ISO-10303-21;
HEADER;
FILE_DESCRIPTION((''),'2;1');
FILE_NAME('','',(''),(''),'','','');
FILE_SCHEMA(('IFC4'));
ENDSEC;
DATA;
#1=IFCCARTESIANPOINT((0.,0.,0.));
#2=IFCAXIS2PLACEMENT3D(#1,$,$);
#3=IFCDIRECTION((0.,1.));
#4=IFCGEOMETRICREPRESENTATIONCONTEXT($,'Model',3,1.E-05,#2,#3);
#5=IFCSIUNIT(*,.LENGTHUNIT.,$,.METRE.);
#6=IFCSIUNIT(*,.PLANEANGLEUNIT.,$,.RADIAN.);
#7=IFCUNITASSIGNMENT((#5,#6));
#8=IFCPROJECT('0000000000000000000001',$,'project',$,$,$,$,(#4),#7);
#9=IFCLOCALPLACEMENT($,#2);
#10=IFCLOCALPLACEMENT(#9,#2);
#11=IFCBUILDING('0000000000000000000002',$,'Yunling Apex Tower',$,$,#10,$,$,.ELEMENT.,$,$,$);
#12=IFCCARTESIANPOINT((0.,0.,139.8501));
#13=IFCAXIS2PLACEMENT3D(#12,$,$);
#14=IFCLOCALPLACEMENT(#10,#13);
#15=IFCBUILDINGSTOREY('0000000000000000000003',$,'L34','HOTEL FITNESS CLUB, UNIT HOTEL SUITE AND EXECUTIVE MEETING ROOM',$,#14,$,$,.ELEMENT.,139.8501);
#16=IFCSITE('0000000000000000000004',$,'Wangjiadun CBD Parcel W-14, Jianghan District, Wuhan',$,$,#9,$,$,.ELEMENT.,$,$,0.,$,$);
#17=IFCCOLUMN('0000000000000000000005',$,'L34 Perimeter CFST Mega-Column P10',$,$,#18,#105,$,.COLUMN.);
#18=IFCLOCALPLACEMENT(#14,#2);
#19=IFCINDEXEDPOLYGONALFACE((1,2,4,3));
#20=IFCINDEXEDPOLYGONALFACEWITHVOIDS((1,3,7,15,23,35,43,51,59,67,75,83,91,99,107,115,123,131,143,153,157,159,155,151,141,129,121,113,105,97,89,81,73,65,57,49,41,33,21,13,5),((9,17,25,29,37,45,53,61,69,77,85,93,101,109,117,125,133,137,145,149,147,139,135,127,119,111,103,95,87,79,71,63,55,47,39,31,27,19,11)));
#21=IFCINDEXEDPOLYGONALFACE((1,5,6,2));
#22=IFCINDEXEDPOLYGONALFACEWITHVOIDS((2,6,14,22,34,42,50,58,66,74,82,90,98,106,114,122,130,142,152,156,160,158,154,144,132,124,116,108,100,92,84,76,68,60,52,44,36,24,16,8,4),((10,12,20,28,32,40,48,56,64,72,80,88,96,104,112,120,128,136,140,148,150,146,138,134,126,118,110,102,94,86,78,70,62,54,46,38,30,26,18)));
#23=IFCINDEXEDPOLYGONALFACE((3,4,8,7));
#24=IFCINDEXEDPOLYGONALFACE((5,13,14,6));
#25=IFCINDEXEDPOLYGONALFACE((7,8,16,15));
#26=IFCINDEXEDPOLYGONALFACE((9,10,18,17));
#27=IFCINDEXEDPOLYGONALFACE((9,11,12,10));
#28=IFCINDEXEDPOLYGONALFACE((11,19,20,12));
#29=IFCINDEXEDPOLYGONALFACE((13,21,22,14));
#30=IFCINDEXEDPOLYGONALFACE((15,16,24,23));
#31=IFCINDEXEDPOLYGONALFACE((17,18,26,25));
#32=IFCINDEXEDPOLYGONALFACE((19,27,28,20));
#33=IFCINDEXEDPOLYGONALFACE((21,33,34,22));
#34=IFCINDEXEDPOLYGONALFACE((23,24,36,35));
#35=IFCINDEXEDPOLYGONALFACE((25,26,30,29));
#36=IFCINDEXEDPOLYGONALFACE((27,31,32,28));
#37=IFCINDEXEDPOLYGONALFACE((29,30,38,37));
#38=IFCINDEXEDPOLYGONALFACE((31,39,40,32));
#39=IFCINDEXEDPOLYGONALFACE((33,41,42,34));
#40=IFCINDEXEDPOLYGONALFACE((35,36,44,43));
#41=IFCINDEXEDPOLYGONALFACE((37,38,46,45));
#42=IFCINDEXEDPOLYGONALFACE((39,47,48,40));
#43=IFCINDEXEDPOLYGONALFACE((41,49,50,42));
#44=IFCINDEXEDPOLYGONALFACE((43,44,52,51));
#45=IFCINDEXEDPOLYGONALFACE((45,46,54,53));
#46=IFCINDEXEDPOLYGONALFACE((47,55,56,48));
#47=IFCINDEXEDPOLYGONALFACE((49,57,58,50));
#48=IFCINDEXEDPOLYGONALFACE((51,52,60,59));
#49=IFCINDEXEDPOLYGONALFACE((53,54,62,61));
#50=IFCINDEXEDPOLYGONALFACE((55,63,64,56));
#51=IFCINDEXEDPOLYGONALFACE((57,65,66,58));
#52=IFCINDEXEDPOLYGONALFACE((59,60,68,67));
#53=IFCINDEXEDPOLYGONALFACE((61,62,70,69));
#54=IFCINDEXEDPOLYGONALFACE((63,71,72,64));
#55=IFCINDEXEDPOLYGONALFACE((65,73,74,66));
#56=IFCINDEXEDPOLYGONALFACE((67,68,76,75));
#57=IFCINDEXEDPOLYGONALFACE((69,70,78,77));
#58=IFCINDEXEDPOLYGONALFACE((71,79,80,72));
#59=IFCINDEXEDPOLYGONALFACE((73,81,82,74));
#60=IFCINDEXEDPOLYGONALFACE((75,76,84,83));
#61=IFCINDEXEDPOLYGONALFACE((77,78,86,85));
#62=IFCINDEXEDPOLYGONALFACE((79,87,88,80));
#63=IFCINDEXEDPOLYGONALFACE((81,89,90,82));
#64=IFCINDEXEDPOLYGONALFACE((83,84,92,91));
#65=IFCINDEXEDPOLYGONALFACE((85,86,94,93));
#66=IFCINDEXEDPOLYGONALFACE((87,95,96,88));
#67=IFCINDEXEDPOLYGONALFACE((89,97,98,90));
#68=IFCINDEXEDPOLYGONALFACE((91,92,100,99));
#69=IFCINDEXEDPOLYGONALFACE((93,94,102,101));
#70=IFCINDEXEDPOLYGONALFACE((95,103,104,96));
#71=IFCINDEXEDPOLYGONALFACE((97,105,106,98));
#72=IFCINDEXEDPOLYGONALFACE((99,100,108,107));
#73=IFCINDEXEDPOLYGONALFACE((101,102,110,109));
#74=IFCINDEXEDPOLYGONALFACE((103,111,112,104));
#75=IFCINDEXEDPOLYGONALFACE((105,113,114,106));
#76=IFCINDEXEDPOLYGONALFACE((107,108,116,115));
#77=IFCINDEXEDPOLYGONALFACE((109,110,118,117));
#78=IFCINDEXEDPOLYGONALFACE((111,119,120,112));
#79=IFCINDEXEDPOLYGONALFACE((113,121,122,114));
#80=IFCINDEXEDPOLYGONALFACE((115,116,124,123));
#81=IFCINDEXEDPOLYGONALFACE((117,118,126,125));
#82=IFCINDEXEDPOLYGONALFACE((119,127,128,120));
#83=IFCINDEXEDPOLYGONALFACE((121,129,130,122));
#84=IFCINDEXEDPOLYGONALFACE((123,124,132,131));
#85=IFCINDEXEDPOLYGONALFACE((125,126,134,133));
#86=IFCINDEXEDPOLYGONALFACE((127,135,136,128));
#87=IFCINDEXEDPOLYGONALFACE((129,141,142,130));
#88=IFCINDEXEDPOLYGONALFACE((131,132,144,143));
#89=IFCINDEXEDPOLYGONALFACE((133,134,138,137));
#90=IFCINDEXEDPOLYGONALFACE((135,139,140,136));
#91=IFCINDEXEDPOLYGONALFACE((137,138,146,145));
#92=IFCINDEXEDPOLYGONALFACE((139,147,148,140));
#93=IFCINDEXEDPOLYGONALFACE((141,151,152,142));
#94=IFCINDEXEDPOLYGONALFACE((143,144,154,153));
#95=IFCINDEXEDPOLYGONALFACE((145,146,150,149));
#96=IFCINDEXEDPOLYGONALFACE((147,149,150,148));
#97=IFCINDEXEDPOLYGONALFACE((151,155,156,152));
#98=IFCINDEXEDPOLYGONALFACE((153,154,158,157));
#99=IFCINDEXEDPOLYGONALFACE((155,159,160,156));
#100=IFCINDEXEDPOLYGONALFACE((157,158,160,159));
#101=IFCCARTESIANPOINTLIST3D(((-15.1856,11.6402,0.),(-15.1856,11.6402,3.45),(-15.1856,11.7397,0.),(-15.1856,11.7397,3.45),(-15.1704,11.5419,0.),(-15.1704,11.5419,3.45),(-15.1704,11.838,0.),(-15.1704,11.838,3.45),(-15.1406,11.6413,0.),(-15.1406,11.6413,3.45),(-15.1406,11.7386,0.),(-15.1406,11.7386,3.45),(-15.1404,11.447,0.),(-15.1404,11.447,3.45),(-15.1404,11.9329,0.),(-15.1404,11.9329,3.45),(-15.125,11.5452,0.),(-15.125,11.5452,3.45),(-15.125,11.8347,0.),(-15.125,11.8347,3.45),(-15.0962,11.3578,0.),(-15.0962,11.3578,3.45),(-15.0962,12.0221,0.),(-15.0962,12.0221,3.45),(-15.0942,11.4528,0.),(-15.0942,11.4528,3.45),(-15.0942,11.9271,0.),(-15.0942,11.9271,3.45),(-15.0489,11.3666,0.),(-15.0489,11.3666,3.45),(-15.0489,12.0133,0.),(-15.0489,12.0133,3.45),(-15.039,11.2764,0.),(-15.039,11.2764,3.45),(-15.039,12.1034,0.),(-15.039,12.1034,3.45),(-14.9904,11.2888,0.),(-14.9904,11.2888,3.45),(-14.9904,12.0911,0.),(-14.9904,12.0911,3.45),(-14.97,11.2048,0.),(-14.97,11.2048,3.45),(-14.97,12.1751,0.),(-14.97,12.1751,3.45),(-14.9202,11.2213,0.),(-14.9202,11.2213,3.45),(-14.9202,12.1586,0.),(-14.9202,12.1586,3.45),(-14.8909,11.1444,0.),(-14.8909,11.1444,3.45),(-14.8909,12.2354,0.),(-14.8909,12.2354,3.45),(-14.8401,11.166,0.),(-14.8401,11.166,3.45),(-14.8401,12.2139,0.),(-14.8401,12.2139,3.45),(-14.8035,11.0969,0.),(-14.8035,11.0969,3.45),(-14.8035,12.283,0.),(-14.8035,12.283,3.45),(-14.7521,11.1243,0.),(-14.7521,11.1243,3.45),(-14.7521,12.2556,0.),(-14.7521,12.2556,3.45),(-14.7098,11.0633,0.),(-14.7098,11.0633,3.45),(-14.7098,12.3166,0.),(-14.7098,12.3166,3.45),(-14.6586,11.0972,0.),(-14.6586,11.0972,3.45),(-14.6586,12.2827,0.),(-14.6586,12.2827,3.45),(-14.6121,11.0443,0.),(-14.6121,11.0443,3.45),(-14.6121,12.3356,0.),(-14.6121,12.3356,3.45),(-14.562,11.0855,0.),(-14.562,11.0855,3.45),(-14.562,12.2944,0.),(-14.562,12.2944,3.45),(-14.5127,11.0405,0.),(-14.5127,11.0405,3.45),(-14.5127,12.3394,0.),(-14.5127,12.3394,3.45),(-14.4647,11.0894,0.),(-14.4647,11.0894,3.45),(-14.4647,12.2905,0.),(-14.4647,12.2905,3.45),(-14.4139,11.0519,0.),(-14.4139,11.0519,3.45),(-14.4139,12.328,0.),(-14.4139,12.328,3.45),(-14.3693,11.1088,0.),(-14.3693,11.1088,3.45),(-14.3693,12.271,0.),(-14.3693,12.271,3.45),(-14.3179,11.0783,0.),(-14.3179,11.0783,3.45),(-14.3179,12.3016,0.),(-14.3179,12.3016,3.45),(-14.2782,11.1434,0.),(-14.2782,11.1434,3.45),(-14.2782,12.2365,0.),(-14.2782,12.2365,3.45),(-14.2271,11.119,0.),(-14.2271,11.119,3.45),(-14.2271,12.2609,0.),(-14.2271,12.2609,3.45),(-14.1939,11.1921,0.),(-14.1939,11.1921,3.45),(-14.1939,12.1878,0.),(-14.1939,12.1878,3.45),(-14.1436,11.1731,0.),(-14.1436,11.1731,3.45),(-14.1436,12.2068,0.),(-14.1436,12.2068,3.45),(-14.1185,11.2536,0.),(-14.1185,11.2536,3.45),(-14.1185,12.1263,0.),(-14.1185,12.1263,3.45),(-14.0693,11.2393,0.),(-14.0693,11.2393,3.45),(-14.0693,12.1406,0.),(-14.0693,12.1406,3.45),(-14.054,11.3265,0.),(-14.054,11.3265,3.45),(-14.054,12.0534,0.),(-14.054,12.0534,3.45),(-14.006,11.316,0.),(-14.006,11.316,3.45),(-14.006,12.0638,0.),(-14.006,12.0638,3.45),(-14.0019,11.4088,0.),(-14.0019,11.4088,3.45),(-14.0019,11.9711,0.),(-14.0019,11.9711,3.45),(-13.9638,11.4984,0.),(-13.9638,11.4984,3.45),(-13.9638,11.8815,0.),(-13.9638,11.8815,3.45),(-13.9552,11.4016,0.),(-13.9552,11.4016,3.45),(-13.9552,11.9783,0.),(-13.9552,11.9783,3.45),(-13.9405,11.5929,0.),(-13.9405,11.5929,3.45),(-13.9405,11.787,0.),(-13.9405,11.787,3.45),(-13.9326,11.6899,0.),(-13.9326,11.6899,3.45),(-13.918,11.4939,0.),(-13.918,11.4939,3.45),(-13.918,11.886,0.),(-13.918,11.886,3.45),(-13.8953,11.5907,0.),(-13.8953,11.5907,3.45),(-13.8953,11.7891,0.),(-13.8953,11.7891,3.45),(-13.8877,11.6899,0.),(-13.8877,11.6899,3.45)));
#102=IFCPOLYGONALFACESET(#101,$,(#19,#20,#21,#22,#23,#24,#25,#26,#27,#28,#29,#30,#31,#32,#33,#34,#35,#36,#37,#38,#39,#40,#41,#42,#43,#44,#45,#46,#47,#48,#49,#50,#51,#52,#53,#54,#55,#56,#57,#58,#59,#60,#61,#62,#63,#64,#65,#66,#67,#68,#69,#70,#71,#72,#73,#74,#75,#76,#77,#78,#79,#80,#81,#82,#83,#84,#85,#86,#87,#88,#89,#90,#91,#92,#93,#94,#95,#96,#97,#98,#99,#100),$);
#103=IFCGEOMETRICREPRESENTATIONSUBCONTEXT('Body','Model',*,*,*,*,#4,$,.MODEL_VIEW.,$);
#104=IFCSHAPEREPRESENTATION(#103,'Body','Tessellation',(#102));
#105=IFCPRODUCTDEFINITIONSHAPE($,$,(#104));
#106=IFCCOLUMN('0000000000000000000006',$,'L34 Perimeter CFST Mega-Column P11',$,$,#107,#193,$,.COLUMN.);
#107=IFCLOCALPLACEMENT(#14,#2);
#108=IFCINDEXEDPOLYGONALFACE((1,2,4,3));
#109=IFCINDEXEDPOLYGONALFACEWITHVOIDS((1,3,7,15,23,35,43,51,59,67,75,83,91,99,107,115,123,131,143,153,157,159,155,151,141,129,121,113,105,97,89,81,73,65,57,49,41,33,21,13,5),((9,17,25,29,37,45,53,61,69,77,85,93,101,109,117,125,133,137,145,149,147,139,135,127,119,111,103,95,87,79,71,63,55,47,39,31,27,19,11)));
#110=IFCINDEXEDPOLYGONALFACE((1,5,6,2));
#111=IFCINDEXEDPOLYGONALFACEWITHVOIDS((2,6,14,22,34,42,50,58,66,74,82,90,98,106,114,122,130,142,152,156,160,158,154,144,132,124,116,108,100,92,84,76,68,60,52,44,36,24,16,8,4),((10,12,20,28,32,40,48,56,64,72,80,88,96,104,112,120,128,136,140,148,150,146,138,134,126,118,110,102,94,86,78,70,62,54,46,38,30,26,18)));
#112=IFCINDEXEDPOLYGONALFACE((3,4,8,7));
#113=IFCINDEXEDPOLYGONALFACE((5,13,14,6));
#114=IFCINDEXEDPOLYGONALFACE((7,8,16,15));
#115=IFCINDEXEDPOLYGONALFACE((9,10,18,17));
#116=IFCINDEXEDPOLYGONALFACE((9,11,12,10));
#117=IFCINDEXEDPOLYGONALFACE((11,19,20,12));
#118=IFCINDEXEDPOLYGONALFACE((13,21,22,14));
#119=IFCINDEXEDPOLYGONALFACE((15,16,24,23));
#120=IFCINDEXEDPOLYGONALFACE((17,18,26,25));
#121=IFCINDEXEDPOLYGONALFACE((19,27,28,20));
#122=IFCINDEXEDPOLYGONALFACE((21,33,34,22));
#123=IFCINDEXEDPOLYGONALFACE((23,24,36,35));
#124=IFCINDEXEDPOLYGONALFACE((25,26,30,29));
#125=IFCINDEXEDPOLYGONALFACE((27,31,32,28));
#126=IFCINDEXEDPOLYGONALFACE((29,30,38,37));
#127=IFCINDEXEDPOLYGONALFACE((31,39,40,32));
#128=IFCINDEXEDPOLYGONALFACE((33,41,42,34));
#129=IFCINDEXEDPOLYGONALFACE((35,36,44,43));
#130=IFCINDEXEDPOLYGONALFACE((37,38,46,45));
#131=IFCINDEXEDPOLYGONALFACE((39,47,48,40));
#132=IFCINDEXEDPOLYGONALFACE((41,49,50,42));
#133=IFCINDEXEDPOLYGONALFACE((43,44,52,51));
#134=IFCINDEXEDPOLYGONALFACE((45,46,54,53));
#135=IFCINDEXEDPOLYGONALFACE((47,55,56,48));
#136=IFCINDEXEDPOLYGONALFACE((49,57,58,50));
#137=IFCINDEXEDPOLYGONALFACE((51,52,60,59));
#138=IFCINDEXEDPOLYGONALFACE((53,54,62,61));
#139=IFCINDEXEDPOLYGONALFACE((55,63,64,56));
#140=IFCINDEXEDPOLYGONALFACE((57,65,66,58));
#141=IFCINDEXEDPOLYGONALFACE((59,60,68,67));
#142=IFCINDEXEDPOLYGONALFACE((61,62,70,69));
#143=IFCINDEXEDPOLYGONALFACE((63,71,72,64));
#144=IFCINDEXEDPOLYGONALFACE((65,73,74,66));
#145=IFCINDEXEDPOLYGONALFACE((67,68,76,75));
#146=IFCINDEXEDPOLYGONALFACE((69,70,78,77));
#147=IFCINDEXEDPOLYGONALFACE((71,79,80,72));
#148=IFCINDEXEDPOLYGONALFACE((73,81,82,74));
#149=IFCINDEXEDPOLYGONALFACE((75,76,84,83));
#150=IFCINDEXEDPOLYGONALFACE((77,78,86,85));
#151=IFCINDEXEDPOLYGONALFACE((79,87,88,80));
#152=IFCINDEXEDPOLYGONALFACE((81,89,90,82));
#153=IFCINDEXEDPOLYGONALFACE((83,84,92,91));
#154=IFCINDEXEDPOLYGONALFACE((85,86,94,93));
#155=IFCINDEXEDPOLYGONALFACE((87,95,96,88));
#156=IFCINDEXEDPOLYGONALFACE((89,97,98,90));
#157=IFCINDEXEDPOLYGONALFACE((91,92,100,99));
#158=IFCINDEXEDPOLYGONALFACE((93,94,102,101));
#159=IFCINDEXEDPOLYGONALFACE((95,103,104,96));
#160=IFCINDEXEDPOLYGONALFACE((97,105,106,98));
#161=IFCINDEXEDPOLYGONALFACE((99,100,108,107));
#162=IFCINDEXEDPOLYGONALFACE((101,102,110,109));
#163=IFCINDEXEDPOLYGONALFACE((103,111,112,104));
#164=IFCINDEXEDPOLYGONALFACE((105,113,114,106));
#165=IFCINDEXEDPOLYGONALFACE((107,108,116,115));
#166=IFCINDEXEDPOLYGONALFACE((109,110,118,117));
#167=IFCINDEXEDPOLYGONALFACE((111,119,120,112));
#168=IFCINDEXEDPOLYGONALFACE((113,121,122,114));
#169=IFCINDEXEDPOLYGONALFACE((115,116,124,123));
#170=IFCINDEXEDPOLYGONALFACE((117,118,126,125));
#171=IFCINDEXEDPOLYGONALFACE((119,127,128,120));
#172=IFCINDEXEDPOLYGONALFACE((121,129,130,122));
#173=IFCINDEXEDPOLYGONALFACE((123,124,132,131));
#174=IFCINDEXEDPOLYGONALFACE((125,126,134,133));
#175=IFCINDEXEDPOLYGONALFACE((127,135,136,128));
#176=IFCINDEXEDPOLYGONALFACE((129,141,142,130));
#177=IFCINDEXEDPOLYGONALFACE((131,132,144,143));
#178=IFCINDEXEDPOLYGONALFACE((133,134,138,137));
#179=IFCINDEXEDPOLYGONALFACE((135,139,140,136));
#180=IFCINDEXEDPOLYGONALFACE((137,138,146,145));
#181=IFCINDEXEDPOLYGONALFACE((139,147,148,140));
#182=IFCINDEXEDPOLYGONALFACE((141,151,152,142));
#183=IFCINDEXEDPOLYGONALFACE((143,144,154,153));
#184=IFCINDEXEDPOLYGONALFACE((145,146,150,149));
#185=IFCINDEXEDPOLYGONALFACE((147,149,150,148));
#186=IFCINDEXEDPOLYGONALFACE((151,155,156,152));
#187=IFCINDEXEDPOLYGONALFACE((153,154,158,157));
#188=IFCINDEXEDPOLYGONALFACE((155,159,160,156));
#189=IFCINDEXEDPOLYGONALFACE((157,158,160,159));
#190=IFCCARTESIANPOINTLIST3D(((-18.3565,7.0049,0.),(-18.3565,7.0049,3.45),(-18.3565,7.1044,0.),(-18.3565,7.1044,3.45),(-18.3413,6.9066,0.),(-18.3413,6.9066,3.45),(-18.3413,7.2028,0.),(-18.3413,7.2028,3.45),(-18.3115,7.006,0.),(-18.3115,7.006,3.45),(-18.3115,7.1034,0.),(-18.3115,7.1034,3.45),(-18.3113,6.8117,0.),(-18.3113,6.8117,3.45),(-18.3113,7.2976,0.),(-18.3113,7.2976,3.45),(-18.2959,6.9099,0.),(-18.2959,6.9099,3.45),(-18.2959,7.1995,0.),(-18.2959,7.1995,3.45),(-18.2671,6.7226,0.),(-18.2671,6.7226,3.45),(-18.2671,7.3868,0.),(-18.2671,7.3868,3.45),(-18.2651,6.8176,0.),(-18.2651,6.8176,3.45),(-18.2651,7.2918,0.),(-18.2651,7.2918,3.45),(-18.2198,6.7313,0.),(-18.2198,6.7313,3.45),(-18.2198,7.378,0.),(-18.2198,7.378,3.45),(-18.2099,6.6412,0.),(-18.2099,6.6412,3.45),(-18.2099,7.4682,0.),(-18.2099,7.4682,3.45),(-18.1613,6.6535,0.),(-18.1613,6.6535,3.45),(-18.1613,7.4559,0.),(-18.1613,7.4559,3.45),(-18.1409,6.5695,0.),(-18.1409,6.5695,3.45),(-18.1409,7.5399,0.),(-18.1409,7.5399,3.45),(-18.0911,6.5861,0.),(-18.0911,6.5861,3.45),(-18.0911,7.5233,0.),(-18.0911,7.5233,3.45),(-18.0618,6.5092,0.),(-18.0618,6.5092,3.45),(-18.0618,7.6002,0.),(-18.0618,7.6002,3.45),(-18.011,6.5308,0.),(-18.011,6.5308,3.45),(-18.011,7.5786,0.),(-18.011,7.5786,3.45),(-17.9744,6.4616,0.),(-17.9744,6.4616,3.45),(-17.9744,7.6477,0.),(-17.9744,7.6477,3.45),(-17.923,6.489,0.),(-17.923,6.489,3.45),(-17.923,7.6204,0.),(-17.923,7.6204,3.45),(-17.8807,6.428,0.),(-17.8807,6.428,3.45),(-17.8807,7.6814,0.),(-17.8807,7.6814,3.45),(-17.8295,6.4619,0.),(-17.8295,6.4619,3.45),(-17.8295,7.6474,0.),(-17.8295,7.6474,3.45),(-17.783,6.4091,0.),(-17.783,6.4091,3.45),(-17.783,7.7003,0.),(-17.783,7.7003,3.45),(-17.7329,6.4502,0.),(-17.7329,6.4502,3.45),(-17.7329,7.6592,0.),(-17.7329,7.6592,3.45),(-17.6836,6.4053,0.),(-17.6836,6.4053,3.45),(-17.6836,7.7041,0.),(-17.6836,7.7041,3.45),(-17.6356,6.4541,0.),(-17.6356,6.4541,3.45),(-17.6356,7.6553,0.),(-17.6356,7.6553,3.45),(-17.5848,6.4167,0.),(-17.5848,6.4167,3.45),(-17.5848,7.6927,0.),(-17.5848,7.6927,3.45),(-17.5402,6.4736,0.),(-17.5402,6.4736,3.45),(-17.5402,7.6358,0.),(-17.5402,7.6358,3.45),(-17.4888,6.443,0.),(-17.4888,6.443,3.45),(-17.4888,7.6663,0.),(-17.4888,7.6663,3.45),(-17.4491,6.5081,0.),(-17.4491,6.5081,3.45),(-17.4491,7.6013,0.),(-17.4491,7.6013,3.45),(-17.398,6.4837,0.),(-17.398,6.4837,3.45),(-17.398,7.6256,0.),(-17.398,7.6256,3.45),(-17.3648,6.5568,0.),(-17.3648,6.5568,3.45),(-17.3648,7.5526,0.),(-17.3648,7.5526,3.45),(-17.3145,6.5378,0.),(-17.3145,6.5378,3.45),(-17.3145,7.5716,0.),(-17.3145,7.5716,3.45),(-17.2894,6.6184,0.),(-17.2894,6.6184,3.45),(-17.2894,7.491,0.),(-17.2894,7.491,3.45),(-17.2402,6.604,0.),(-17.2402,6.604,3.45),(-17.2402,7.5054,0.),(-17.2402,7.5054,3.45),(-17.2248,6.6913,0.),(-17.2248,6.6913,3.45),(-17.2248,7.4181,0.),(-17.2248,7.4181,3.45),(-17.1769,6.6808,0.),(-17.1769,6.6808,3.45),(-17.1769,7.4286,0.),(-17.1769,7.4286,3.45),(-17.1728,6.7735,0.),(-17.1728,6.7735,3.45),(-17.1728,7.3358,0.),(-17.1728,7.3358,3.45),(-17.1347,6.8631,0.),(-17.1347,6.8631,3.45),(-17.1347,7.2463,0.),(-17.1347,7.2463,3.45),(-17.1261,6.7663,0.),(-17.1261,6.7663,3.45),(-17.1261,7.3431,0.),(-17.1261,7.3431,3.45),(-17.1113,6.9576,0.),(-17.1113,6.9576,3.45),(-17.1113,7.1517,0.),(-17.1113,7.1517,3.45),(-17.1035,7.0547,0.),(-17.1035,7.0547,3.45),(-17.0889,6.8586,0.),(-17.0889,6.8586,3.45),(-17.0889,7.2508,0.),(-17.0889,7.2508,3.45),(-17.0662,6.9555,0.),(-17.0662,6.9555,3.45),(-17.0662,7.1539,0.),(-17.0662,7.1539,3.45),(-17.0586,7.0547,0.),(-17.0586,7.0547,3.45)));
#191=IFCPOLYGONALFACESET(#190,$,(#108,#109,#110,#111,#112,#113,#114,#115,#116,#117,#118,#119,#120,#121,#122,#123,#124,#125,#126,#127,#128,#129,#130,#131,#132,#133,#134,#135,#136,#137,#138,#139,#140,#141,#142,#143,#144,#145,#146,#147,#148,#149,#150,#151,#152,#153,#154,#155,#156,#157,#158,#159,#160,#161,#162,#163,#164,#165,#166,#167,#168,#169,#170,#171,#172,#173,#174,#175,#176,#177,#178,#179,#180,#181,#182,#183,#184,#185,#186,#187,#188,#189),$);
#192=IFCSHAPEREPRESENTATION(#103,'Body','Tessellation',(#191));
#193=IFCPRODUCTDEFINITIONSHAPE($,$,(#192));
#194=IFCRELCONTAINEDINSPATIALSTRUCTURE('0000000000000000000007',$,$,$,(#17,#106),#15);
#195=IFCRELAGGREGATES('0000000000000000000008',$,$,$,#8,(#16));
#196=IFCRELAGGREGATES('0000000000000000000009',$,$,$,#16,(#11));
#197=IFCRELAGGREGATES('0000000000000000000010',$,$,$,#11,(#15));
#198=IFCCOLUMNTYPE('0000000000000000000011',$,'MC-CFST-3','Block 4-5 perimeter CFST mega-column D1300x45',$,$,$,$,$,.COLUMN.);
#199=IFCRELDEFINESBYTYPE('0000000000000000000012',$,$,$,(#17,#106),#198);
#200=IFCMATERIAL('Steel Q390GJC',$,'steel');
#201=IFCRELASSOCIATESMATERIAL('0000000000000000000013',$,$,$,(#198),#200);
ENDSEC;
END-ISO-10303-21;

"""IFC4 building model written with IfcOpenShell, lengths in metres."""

from ifc_helpers import new_model, si_unit, direction, frame, origin, origin_2d, place, context, subcontext, project, spatial, hollow_circle, extrude, source, transform, mapped, material, material_profile, profile_set, type_object, element, save


model = new_model("IFC4")

# Units and contexts
model_context = context("Model", 3, precision=1e-05, world=origin(), true_north=direction((0.0, 1.0)))
body_context = subcontext(model_context, "Body", "Model", "MODEL_VIEW")
ifc_project = project(units=[si_unit("LENGTHUNIT", "METRE"), si_unit("PLANEANGLEUNIT", "RADIAN")], contexts=[model_context])

# Site, building, storey
site_placement = place(None, origin())
site = spatial("IfcSite", under=ifc_project, at=site_placement, Name="Wangjiadun CBD Parcel W-14, Jianghan District, Wuhan", CompositionType="ELEMENT", RefElevation=0.0)
building_placement = place(site_placement, origin())
building = spatial("IfcBuilding", under=site, at=building_placement, Name="Yunling Apex Tower", CompositionType="ELEMENT")
storey_placement = place(building_placement, frame((0.0, 0.0, 139.8501)))
storey = spatial("IfcBuildingStorey", under=building, at=storey_placement, Name="L34", Description="HOTEL FITNESS CLUB, UNIT HOTEL SUITE AND EXECUTIVE MEETING ROOM", CompositionType="ELEMENT", Elevation=139.8501)

# Columns
ifc_material_1 = material(Name="Steel Q390GJC", Category="steel")
ifc_material_profile_1 = material_profile(ifc_material_1, hollow_circle(Radius=0.6499, WallThickness=0.0449, at=origin_2d()))
ifc_profile_set_1 = profile_set([ifc_material_profile_1], Name="Steel Q390GJC")
column_type = type_object("IfcColumnType", Name="MC-CFST-3", Description="Block 4-5 perimeter CFST mega-column D1300x45", PredefinedType="COLUMN", material=ifc_profile_set_1)
shared_shape_1 = source(origin(), body_context, "Body", "SweptSolid", [
    extrude(hollow_circle(Radius=0.6499, WallThickness=0.0449, at=origin_2d()), origin(), (0.0, 0.0, 1.0), 3.45),
])
for number, where, z_axis, x_axis, name in (
    (1, (-14.5376, 11.6899, 0.0), (0.0, 0.0, 1.0), (1.0, 0.0, 0.0), "L34 Perimeter CFST Mega-Column P10"),
    (2, (-17.7085, 7.0547, 0.0), (0.0, 0.0, 1.0), (1.0, 0.0, 0.0), "L34 Perimeter CFST Mega-Column P11"),
):
    element("IfcColumn", number, at=place(storey_placement, frame(where, z_axis=z_axis, x_axis=x_axis)), inside=storey, type_object=column_type, Name=name, PredefinedType="COLUMN", context=body_context, shape_type="MappedRepresentation", body=[
        mapped(shared_shape_1, transform((0.0, 0.0, 0.0), scale=1.0)),
    ])

save(model, "model.ifc")
